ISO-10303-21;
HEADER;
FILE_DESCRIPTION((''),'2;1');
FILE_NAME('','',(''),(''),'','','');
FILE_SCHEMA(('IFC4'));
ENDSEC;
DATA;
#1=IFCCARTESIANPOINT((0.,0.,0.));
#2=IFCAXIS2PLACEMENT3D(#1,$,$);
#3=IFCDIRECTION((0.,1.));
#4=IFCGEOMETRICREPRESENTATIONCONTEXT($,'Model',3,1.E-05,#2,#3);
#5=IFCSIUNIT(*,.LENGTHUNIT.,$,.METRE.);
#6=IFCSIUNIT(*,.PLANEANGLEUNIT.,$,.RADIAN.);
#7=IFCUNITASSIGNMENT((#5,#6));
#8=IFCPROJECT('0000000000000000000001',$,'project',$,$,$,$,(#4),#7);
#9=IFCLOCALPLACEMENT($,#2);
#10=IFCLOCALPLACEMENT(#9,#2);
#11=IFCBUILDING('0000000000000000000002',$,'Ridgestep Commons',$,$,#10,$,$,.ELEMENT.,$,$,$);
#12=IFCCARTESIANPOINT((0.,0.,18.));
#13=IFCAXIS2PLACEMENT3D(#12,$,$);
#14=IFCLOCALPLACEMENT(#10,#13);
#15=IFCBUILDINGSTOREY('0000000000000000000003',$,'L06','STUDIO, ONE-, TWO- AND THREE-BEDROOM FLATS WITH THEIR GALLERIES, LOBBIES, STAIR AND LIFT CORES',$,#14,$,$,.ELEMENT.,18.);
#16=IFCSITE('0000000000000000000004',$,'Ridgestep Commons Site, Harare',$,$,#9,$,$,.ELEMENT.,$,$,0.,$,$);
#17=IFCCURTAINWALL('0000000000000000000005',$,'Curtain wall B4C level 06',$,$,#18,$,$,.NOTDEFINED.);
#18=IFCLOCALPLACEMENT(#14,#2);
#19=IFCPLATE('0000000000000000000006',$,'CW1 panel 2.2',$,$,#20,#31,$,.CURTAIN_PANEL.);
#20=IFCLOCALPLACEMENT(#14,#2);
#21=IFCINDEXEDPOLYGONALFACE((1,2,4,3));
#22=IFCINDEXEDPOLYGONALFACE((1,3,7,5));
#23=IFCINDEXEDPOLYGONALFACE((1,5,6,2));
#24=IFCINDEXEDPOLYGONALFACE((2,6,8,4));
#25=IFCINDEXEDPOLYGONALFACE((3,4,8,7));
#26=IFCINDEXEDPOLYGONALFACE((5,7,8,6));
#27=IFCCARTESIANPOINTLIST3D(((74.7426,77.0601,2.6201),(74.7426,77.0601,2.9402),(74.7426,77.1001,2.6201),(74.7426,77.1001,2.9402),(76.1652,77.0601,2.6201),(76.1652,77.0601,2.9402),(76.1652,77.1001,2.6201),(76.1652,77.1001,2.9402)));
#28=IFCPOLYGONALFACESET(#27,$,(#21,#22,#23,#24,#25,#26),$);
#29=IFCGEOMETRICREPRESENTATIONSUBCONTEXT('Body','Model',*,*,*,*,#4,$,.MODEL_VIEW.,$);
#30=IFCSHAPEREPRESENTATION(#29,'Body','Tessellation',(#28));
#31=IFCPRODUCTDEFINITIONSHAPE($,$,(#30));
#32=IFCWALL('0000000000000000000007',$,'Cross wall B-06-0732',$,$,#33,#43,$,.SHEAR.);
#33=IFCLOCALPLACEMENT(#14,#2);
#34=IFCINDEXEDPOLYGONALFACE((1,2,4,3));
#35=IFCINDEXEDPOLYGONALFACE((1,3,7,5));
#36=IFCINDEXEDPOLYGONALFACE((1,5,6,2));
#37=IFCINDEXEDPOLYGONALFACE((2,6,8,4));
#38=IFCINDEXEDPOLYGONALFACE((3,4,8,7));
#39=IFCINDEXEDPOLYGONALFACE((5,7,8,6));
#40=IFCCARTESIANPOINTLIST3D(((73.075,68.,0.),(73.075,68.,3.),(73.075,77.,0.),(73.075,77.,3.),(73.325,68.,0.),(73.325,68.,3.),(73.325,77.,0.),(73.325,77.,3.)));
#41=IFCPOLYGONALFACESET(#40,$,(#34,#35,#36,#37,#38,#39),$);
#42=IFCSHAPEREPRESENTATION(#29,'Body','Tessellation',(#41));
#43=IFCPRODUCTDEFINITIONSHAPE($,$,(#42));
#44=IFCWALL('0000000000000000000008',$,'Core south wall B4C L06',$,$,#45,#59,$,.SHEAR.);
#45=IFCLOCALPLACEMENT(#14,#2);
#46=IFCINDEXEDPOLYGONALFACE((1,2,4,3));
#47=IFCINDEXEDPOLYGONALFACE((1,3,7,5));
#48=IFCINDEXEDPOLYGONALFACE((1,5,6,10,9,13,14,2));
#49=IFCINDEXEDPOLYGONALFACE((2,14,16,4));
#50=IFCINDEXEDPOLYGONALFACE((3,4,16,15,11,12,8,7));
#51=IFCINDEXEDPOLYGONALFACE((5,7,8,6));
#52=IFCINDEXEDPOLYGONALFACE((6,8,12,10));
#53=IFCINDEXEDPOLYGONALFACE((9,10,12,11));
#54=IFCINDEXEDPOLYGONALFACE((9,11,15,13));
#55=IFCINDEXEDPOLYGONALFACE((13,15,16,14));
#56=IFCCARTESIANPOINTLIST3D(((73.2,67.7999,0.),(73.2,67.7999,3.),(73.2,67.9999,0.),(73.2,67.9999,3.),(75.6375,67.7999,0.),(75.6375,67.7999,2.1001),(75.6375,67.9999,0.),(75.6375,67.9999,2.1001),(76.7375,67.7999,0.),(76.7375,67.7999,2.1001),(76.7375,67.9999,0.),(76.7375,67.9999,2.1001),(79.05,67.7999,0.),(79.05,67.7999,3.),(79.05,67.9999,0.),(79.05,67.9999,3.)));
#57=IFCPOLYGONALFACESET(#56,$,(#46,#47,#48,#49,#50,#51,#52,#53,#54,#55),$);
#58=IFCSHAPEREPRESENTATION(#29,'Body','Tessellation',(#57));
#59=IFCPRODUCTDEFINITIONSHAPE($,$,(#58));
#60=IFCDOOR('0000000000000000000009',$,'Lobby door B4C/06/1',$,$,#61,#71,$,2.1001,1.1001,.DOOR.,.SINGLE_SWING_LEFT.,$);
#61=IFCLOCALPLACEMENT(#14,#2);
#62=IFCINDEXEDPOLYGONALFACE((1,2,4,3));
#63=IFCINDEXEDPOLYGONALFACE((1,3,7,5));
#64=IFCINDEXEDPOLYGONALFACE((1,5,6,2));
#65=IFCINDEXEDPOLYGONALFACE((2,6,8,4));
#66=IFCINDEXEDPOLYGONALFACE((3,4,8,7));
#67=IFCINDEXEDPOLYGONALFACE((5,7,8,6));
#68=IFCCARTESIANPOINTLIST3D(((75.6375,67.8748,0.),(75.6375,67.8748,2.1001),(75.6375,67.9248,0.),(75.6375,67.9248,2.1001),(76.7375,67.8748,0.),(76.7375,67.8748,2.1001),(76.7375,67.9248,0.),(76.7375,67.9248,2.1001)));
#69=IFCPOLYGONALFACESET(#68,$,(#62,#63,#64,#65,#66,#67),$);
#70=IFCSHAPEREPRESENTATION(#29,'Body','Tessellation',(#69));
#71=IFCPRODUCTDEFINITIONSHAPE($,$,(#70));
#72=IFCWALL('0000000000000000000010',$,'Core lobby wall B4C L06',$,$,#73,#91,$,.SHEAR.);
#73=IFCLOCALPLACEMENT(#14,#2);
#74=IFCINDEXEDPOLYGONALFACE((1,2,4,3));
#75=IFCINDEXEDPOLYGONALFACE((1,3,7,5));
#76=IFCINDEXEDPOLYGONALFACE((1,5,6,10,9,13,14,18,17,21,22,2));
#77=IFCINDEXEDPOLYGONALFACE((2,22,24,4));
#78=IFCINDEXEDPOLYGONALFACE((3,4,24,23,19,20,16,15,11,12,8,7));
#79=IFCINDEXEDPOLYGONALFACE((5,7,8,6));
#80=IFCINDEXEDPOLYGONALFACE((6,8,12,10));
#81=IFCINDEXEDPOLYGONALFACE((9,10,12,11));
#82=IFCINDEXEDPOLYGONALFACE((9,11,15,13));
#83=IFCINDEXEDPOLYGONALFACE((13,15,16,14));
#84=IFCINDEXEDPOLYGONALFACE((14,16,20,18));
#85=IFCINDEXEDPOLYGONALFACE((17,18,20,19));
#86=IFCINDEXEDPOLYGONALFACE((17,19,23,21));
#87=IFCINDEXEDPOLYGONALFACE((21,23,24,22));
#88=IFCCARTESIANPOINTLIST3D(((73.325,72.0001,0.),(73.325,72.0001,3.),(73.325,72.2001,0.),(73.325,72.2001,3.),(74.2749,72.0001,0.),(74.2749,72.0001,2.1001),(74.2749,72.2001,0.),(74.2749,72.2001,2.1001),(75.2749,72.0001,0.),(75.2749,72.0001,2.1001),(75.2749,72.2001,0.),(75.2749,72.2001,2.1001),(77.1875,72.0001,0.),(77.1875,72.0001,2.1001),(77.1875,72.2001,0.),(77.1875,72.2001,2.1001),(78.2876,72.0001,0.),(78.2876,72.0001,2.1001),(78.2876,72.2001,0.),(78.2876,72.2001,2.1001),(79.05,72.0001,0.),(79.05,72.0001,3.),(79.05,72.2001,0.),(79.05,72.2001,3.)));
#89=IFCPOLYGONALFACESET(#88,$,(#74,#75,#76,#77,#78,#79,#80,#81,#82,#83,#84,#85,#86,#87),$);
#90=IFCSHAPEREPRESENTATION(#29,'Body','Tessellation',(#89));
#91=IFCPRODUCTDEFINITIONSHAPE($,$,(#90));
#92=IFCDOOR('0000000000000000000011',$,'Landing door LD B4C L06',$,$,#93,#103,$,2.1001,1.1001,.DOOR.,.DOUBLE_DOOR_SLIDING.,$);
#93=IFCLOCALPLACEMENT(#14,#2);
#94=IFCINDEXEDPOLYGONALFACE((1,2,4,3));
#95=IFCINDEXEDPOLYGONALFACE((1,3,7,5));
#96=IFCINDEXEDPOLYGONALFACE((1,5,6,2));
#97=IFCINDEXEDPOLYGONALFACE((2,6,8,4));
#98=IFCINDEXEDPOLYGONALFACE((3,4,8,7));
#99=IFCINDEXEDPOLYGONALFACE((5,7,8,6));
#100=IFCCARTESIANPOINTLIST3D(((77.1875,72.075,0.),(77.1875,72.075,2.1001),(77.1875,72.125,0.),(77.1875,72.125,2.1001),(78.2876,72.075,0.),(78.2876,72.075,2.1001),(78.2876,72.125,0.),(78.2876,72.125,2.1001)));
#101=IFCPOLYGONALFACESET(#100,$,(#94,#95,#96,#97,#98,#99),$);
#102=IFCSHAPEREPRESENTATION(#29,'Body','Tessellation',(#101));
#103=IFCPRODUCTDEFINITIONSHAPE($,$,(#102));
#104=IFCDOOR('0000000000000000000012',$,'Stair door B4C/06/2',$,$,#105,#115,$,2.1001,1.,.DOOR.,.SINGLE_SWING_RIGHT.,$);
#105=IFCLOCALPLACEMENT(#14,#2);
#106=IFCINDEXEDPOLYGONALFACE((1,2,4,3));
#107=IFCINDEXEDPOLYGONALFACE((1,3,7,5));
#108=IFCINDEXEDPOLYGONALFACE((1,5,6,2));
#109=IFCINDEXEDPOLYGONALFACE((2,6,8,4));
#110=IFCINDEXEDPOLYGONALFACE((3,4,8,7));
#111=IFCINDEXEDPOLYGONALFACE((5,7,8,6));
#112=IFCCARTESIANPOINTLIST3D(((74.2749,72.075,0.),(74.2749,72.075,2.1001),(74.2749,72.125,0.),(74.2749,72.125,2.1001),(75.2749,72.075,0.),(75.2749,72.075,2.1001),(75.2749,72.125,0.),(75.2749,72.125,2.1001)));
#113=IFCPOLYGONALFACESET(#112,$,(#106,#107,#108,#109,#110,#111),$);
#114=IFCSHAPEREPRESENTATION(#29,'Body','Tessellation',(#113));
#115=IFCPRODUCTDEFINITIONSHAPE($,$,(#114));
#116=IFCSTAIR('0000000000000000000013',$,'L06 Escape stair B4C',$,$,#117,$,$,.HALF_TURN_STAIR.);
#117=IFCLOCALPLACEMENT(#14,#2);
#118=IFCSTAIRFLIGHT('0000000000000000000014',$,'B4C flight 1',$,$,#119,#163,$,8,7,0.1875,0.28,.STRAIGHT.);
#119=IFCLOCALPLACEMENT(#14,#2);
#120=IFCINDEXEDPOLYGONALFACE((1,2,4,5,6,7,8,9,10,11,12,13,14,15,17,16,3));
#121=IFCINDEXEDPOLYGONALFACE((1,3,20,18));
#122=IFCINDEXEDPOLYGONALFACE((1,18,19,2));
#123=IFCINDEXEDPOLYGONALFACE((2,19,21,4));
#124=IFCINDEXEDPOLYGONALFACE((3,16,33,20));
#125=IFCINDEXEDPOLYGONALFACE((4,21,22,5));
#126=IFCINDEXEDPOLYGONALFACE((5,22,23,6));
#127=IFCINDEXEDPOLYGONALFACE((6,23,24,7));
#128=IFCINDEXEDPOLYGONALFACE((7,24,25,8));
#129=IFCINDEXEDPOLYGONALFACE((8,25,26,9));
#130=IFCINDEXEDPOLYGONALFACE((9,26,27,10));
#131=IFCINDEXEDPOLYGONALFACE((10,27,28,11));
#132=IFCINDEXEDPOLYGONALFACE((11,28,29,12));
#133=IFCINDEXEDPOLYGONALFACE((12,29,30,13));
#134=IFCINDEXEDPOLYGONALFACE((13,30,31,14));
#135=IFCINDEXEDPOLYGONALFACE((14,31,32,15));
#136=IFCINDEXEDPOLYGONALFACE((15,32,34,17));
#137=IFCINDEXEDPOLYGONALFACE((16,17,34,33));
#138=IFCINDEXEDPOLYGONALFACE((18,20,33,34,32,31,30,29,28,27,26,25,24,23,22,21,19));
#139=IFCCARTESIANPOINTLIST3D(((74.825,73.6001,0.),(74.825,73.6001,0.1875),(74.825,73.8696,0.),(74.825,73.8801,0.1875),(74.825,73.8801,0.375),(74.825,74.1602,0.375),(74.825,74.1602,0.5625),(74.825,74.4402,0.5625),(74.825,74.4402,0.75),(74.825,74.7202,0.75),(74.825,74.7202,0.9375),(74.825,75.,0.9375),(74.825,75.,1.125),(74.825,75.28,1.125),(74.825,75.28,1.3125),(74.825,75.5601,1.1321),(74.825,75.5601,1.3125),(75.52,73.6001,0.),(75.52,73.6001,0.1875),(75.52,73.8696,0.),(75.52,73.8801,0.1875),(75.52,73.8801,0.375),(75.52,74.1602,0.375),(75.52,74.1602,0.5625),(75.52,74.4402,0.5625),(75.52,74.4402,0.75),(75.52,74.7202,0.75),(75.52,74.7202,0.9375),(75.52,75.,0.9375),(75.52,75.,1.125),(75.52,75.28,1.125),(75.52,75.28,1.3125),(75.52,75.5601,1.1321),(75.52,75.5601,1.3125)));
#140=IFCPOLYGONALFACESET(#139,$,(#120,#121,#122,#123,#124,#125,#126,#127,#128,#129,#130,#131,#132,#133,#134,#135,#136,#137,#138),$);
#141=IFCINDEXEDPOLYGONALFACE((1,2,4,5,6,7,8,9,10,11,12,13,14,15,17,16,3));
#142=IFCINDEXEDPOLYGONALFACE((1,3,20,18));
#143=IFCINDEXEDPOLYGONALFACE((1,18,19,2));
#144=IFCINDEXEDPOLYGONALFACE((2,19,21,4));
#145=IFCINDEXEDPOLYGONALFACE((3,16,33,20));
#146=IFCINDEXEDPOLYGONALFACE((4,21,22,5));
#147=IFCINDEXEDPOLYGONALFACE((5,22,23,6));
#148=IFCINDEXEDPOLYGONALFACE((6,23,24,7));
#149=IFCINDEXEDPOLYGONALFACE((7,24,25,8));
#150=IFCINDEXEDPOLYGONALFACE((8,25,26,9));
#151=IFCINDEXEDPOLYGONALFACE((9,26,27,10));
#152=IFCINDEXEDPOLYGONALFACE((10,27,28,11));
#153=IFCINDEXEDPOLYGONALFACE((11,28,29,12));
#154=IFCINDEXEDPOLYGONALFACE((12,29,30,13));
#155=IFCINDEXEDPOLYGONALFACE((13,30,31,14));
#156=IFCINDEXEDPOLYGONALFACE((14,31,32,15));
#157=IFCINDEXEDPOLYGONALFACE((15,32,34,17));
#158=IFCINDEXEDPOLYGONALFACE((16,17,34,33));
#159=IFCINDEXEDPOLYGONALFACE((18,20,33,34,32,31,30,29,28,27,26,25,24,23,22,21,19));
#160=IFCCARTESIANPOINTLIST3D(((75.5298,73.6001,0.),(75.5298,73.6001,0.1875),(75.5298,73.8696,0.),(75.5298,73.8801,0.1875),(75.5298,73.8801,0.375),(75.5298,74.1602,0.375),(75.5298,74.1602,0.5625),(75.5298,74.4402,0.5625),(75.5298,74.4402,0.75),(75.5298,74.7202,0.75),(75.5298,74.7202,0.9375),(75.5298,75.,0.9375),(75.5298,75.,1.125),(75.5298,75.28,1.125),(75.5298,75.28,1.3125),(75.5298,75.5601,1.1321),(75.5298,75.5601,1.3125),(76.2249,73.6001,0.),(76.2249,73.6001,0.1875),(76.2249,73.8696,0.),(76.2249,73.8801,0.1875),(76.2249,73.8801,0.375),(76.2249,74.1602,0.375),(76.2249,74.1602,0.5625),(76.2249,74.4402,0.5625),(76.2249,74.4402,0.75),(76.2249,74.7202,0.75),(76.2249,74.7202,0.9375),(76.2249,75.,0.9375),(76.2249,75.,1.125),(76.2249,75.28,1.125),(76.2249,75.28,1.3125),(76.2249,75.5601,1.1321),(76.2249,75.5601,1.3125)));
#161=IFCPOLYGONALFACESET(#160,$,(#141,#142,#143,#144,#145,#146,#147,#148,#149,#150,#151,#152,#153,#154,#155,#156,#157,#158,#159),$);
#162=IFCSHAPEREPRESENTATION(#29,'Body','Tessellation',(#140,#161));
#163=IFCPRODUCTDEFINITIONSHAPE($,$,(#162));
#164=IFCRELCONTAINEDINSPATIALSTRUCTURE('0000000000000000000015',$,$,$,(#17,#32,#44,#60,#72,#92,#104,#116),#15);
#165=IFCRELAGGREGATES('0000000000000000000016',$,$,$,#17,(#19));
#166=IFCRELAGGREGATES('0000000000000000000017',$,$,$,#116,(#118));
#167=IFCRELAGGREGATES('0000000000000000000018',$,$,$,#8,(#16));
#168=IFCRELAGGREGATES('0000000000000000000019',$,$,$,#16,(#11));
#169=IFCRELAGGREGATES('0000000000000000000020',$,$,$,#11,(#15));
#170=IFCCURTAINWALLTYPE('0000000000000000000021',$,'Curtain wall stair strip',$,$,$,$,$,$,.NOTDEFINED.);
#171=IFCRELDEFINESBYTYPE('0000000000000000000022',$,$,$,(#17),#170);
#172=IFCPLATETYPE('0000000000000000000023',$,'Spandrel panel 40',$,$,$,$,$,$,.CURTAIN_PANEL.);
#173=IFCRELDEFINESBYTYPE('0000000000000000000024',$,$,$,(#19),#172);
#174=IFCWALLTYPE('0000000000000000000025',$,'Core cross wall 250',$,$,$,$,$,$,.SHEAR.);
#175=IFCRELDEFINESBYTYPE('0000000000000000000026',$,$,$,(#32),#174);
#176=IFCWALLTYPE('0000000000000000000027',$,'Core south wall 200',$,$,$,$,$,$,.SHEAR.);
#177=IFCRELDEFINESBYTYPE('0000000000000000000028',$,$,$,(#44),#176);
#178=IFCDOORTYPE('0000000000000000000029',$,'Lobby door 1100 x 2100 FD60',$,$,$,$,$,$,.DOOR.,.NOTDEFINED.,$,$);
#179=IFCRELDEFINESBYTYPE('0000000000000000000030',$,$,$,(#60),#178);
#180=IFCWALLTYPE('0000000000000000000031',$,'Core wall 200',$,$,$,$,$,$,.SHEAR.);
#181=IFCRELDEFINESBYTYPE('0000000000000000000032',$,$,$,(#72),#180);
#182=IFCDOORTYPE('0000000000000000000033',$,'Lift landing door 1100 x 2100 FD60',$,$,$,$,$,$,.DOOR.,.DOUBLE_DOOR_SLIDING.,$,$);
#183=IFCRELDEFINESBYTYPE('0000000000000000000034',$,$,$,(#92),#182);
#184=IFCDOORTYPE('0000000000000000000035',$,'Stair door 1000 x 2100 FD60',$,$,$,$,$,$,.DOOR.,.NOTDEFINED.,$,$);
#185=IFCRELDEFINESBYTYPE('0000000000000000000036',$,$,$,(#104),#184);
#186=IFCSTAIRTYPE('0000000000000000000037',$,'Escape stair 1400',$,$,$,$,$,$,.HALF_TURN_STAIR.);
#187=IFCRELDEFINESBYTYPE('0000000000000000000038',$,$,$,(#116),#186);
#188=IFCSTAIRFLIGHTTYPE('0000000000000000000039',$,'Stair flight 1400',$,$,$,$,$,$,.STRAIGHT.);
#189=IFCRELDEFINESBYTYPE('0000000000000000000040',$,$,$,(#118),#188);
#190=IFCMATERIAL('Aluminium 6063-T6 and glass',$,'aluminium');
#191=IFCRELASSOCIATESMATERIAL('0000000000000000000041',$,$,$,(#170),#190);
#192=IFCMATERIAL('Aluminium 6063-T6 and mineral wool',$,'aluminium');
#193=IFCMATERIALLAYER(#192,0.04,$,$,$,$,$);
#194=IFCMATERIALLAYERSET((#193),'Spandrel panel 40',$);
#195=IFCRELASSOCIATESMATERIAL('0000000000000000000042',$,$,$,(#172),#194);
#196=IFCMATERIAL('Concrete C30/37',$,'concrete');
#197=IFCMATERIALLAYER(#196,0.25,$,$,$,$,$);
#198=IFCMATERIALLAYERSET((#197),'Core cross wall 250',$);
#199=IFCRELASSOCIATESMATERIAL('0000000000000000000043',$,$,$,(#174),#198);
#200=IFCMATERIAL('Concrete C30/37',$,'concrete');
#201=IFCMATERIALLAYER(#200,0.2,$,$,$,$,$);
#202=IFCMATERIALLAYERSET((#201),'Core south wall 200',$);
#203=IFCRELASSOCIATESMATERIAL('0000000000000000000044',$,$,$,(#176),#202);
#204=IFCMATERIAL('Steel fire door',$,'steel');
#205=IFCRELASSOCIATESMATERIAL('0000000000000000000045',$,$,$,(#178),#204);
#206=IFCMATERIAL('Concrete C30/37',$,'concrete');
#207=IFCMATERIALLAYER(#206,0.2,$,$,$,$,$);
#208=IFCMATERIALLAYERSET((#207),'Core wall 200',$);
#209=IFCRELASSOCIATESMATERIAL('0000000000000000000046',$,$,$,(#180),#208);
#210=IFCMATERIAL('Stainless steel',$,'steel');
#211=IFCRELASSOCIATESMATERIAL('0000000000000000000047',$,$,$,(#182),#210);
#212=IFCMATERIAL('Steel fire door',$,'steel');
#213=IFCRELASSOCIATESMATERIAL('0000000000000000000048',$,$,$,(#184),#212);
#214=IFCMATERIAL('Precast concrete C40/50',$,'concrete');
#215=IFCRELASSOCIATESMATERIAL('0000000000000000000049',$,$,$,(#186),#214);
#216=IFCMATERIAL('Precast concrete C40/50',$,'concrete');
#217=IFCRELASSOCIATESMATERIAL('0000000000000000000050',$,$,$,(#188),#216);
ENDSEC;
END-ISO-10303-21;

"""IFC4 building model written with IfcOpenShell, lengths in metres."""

from ifc_helpers import new_model, si_unit, direction, frame, frame_2d, origin, origin_2d, place, context, subcontext, project, spatial, polyline, rectangle, outline, extrude, material, layer, layer_set, type_object, element, fill, aggregate, save


model = new_model("IFC4")

# Units and contexts
model_context = context("Model", 3, precision=1e-05, world=origin(), true_north=direction((0.0, 1.0)))
body_context = subcontext(model_context, "Body", "Model", "MODEL_VIEW")
ifc_project = project(units=[si_unit("LENGTHUNIT", "METRE"), si_unit("PLANEANGLEUNIT", "RADIAN")], contexts=[model_context])

# Site, building, storey
site_placement = place(None, origin())
site = spatial("IfcSite", under=ifc_project, at=site_placement, Name="Ridgestep Commons Site, Harare", CompositionType="ELEMENT", RefElevation=0.0)
building_placement = place(site_placement, origin())
building = spatial("IfcBuilding", under=site, at=building_placement, Name="Ridgestep Commons", CompositionType="ELEMENT")
storey_placement = place(building_placement, frame((0.0, 0.0, 18.0)))
storey = spatial("IfcBuildingStorey", under=building, at=storey_placement, Name="L06", Description="STUDIO, ONE-, TWO- AND THREE-BEDROOM FLATS WITH THEIR GALLERIES, LOBBIES, STAIR AND LIFT CORES", CompositionType="ELEMENT", Elevation=18.0)

# Curtain wall, plate
ifc_material_1 = material(Name="Aluminium 6063-T6 and glass", Category="aluminium")
curtain_wall_type = type_object("IfcCurtainWallType", Name="Curtain wall stair strip", PredefinedType="NOTDEFINED", material=ifc_material_1)
curtain_wall_placement = place(storey_placement, origin())
curtain_wall = element("IfcCurtainWall", 1, at=curtain_wall_placement, inside=storey, type_object=curtain_wall_type, Name="Curtain wall B4C level 06", PredefinedType="NOTDEFINED")
ifc_material_2 = material(Name="Aluminium 6063-T6 and mineral wool", Category="aluminium")
ifc_layer_1 = layer(ifc_material_2, 0.04)
ifc_layer_set_1 = layer_set([ifc_layer_1], Name="Spandrel panel 40")
plate_type_1 = type_object("IfcPlateType", Name="Spandrel panel 40", PredefinedType="CURTAIN_PANEL", material=ifc_layer_set_1)
plate_1_placement = place(storey_placement, frame((75.4539, 77.0801, 2.6201), z_axis=(0.0, 0.0, 1.0), x_axis=(1.0, 0.0, 0.0)))
plate_1 = element("IfcPlate", 2, at=plate_1_placement, type_object=plate_type_1, Name="CW1 panel 2.2", PredefinedType="CURTAIN_PANEL", context=body_context, shape_type="SweptSolid", body=[
    extrude(rectangle(XDim=1.4226, YDim=0.04, at=origin_2d()), origin(), (0.0, 0.0, 1.0), 0.3201),
])
aggregate(curtain_wall, [plate_1])

# Wall
ifc_material_3 = material(Name="Concrete C30/37", Category="concrete")
ifc_layer_2 = layer(ifc_material_3, 0.25)
ifc_layer_set_2 = layer_set([ifc_layer_2], Name="Core cross wall 250")
wall_type_1 = type_object("IfcWallType", Name="Core cross wall 250", PredefinedType="SHEAR", material=ifc_layer_set_2)
wall_1_placement = place(storey_placement, frame((73.2, 68.0, 0.0), z_axis=(0.0, 0.0, 1.0), x_axis=(0.0, 1.0, 0.0)))
element("IfcWall", 3, at=wall_1_placement, inside=storey, type_object=wall_type_1, Name="Cross wall B-06-0732", PredefinedType="SHEAR", context=body_context, shape_type="SweptSolid", body=[
    extrude(rectangle(XDim=9.0, YDim=0.25, at=frame_2d((4.5, 0.0))), origin(), (0.0, 0.0, 1.0), 3.0),
])

# Wall, opening, door
ifc_material_4 = material(Name="Concrete C30/37", Category="concrete")
ifc_layer_3 = layer(ifc_material_4, 0.2)
ifc_layer_set_3 = layer_set([ifc_layer_3], Name="Core south wall 200")
wall_type_2 = type_object("IfcWallType", Name="Core south wall 200", PredefinedType="SHEAR", material=ifc_layer_set_3)
wall_2_placement = place(storey_placement, frame((73.2, 67.8999, 0.0), z_axis=(0.0, 0.0, 1.0), x_axis=(1.0, 0.0, 0.0)))
wall_2 = element("IfcWall", 4, at=wall_2_placement, inside=storey, type_object=wall_type_2, Name="Core south wall B4C L06", PredefinedType="SHEAR", context=body_context, shape_type="SweptSolid", body=[
    extrude(rectangle(XDim=5.8501, YDim=0.2, at=frame_2d((2.925, 0.0))), origin(), (0.0, 0.0, 1.0), 3.0),
])
opening_1_placement = place(wall_2_placement, frame((2.4375, 0.0, 0.0)))
opening_1 = element("IfcOpeningElement", 5, at=opening_1_placement, cuts=wall_2, PredefinedType="OPENING", context=body_context, shape_type="SweptSolid", body=[
    extrude(rectangle(XDim=1.1001, YDim=2.1001, at=frame_2d((0.55, 1.05))), frame((0.0, 0.1099, 0.0), z_axis=(0.0, -1.0, 0.0), x_axis=(1.0, 0.0, 0.0)), (0.0, 0.0, 1.0), 0.22),
])
ifc_material_5 = material(Name="Steel fire door", Category="steel")
door_type_1 = type_object("IfcDoorType", Name="Lobby door 1100 x 2100 FD60", OperationType="NOTDEFINED", PredefinedType="DOOR", material=ifc_material_5)
door_1_placement = place(opening_1_placement, origin())
door_1 = element("IfcDoor", 6, at=door_1_placement, inside=storey, type_object=door_type_1, Name="Lobby door B4C/06/1", OperationType="SINGLE_SWING_LEFT", OverallHeight=2.1001, OverallWidth=1.1001, PredefinedType="DOOR", context=body_context, shape_type="SweptSolid", body=[
    extrude(rectangle(XDim=1.1001, YDim=2.1001, at=frame_2d((0.55, 1.05))), frame((0.0, 0.0249, 0.0), z_axis=(0.0, -1.0, 0.0), x_axis=(1.0, 0.0, 0.0)), (0.0, 0.0, 1.0), 0.05),
])
fill(opening_1, door_1)

# Wall, openings, doors
ifc_material_6 = material(Name="Concrete C30/37", Category="concrete")
ifc_layer_4 = layer(ifc_material_6, 0.2)
ifc_layer_set_4 = layer_set([ifc_layer_4], Name="Core wall 200")
wall_type_3 = type_object("IfcWallType", Name="Core wall 200", PredefinedType="SHEAR", material=ifc_layer_set_4)
wall_3_placement = place(storey_placement, frame((73.325, 72.1001, 0.0), z_axis=(0.0, 0.0, 1.0), x_axis=(1.0, 0.0, 0.0)))
wall_3 = element("IfcWall", 7, at=wall_3_placement, inside=storey, type_object=wall_type_3, Name="Core lobby wall B4C L06", PredefinedType="SHEAR", context=body_context, shape_type="SweptSolid", body=[
    extrude(rectangle(XDim=5.7251, YDim=0.2, at=frame_2d((2.8625, 0.0))), origin(), (0.0, 0.0, 1.0), 3.0),
])
opening_2_placement = place(wall_3_placement, frame((0.95, 0.0, 0.0)))
opening_2 = element("IfcOpeningElement", 8, at=opening_2_placement, cuts=wall_3, PredefinedType="OPENING", context=body_context, shape_type="SweptSolid", body=[
    extrude(rectangle(XDim=1.0, YDim=2.1001, at=frame_2d((0.5, 1.05))), frame((0.0, 0.1099, 0.0), z_axis=(0.0, -1.0, 0.0), x_axis=(1.0, 0.0, 0.0)), (0.0, 0.0, 1.0), 0.22),
])
opening_3_placement = place(wall_3_placement, frame((3.8625, 0.0, 0.0)))
opening_3 = element("IfcOpeningElement", 9, at=opening_3_placement, cuts=wall_3, PredefinedType="OPENING", context=body_context, shape_type="SweptSolid", body=[
    extrude(rectangle(XDim=1.1001, YDim=2.1001, at=frame_2d((0.55, 1.05))), frame((0.0, 0.1099, 0.0), z_axis=(0.0, -1.0, 0.0), x_axis=(1.0, 0.0, 0.0)), (0.0, 0.0, 1.0), 0.22),
])
ifc_material_7 = material(Name="Stainless steel", Category="steel")
door_type_2 = type_object("IfcDoorType", Name="Lift landing door 1100 x 2100 FD60", OperationType="DOUBLE_DOOR_SLIDING", PredefinedType="DOOR", material=ifc_material_7)
door_2_placement = place(opening_3_placement, origin())
door_2 = element("IfcDoor", 10, at=door_2_placement, inside=storey, type_object=door_type_2, Name="Landing door LD B4C L06", OperationType="DOUBLE_DOOR_SLIDING", OverallHeight=2.1001, OverallWidth=1.1001, PredefinedType="DOOR", context=body_context, shape_type="SweptSolid", body=[
    extrude(rectangle(XDim=1.1001, YDim=2.1001, at=frame_2d((0.55, 1.05))), frame((0.0, 0.0249, 0.0), z_axis=(0.0, -1.0, 0.0), x_axis=(1.0, 0.0, 0.0)), (0.0, 0.0, 1.0), 0.05),
])
fill(opening_3, door_2)
ifc_material_8 = material(Name="Steel fire door", Category="steel")
door_type_3 = type_object("IfcDoorType", Name="Stair door 1000 x 2100 FD60", OperationType="NOTDEFINED", PredefinedType="DOOR", material=ifc_material_8)
door_3_placement = place(opening_2_placement, origin())
door_3 = element("IfcDoor", 11, at=door_3_placement, inside=storey, type_object=door_type_3, Name="Stair door B4C/06/2", OperationType="SINGLE_SWING_RIGHT", OverallHeight=2.1001, OverallWidth=1.0, PredefinedType="DOOR", context=body_context, shape_type="SweptSolid", body=[
    extrude(rectangle(XDim=1.0, YDim=2.1001, at=frame_2d((0.5, 1.05))), frame((0.0, 0.0249, 0.0), z_axis=(0.0, -1.0, 0.0), x_axis=(1.0, 0.0, 0.0)), (0.0, 0.0, 1.0), 0.05),
])
fill(opening_2, door_3)

# Stair, stair flight
ifc_material_9 = material(Name="Precast concrete C40/50", Category="concrete")
stair_type = type_object("IfcStairType", Name="Escape stair 1400", PredefinedType="HALF_TURN_STAIR", material=ifc_material_9)
stair_placement = place(storey_placement, origin())
stair = element("IfcStair", 12, at=stair_placement, inside=storey, type_object=stair_type, Name="L06 Escape stair B4C", PredefinedType="HALF_TURN_STAIR")
ifc_material_10 = material(Name="Precast concrete C40/50", Category="concrete")
stair_flight_type = type_object("IfcStairFlightType", Name="Stair flight 1400", PredefinedType="STRAIGHT", material=ifc_material_10)
stair_flight_1_placement = place(storey_placement, frame((75.5249, 73.6001, 0.0), z_axis=(0.0, 0.0, 1.0), x_axis=(0.0, 1.0, 0.0)))
stair_flight_1 = element("IfcStairFlight", 13, at=stair_flight_1_placement, type_object=stair_flight_type, Name="B4C flight 1", NumberOfRisers=8, NumberOfTreads=7, PredefinedType="STRAIGHT", RiserHeight=0.1875, TreadLength=0.28, context=body_context, shape_type="SweptSolid", body=[
    extrude(outline(polyline([(0.0, 0.0), (0.0, 0.1875), (0.28, 0.1875), (0.28, 0.375), (0.5601, 0.375), (0.5601, 0.5625), (0.8401, 0.5625), (0.8401, 0.75), (1.1201, 0.75), (1.1201, 0.9375), (1.3999, 0.9375), (1.3999, 1.125), (1.6799, 1.125), (1.6799, 1.3125), (1.96, 1.3125), (1.96, 1.5), (1.96, 1.1321), (0.2695, 0.0), (0.0, 0.0)])), frame((0.0, 0.7, 0.0), z_axis=(0.0, -1.0, 0.0), x_axis=(1.0, 0.0, 0.0)), (0.0, 0.0, 1.0), 0.6951),
    extrude(outline(polyline([(0.0, 0.0), (0.0, 0.1875), (0.28, 0.1875), (0.28, 0.375), (0.5601, 0.375), (0.5601, 0.5625), (0.8401, 0.5625), (0.8401, 0.75), (1.1201, 0.75), (1.1201, 0.9375), (1.3999, 0.9375), (1.3999, 1.125), (1.6799, 1.125), (1.6799, 1.3125), (1.96, 1.3125), (1.96, 1.5), (1.96, 1.1321), (0.2695, 0.0), (0.0, 0.0)])), frame((0.0, -0.0049, 0.0), z_axis=(0.0, -1.0, 0.0), x_axis=(1.0, 0.0, 0.0)), (0.0, 0.0, 1.0), 0.6951),
])
aggregate(stair, [stair_flight_1])

save(model, "model.ifc")
